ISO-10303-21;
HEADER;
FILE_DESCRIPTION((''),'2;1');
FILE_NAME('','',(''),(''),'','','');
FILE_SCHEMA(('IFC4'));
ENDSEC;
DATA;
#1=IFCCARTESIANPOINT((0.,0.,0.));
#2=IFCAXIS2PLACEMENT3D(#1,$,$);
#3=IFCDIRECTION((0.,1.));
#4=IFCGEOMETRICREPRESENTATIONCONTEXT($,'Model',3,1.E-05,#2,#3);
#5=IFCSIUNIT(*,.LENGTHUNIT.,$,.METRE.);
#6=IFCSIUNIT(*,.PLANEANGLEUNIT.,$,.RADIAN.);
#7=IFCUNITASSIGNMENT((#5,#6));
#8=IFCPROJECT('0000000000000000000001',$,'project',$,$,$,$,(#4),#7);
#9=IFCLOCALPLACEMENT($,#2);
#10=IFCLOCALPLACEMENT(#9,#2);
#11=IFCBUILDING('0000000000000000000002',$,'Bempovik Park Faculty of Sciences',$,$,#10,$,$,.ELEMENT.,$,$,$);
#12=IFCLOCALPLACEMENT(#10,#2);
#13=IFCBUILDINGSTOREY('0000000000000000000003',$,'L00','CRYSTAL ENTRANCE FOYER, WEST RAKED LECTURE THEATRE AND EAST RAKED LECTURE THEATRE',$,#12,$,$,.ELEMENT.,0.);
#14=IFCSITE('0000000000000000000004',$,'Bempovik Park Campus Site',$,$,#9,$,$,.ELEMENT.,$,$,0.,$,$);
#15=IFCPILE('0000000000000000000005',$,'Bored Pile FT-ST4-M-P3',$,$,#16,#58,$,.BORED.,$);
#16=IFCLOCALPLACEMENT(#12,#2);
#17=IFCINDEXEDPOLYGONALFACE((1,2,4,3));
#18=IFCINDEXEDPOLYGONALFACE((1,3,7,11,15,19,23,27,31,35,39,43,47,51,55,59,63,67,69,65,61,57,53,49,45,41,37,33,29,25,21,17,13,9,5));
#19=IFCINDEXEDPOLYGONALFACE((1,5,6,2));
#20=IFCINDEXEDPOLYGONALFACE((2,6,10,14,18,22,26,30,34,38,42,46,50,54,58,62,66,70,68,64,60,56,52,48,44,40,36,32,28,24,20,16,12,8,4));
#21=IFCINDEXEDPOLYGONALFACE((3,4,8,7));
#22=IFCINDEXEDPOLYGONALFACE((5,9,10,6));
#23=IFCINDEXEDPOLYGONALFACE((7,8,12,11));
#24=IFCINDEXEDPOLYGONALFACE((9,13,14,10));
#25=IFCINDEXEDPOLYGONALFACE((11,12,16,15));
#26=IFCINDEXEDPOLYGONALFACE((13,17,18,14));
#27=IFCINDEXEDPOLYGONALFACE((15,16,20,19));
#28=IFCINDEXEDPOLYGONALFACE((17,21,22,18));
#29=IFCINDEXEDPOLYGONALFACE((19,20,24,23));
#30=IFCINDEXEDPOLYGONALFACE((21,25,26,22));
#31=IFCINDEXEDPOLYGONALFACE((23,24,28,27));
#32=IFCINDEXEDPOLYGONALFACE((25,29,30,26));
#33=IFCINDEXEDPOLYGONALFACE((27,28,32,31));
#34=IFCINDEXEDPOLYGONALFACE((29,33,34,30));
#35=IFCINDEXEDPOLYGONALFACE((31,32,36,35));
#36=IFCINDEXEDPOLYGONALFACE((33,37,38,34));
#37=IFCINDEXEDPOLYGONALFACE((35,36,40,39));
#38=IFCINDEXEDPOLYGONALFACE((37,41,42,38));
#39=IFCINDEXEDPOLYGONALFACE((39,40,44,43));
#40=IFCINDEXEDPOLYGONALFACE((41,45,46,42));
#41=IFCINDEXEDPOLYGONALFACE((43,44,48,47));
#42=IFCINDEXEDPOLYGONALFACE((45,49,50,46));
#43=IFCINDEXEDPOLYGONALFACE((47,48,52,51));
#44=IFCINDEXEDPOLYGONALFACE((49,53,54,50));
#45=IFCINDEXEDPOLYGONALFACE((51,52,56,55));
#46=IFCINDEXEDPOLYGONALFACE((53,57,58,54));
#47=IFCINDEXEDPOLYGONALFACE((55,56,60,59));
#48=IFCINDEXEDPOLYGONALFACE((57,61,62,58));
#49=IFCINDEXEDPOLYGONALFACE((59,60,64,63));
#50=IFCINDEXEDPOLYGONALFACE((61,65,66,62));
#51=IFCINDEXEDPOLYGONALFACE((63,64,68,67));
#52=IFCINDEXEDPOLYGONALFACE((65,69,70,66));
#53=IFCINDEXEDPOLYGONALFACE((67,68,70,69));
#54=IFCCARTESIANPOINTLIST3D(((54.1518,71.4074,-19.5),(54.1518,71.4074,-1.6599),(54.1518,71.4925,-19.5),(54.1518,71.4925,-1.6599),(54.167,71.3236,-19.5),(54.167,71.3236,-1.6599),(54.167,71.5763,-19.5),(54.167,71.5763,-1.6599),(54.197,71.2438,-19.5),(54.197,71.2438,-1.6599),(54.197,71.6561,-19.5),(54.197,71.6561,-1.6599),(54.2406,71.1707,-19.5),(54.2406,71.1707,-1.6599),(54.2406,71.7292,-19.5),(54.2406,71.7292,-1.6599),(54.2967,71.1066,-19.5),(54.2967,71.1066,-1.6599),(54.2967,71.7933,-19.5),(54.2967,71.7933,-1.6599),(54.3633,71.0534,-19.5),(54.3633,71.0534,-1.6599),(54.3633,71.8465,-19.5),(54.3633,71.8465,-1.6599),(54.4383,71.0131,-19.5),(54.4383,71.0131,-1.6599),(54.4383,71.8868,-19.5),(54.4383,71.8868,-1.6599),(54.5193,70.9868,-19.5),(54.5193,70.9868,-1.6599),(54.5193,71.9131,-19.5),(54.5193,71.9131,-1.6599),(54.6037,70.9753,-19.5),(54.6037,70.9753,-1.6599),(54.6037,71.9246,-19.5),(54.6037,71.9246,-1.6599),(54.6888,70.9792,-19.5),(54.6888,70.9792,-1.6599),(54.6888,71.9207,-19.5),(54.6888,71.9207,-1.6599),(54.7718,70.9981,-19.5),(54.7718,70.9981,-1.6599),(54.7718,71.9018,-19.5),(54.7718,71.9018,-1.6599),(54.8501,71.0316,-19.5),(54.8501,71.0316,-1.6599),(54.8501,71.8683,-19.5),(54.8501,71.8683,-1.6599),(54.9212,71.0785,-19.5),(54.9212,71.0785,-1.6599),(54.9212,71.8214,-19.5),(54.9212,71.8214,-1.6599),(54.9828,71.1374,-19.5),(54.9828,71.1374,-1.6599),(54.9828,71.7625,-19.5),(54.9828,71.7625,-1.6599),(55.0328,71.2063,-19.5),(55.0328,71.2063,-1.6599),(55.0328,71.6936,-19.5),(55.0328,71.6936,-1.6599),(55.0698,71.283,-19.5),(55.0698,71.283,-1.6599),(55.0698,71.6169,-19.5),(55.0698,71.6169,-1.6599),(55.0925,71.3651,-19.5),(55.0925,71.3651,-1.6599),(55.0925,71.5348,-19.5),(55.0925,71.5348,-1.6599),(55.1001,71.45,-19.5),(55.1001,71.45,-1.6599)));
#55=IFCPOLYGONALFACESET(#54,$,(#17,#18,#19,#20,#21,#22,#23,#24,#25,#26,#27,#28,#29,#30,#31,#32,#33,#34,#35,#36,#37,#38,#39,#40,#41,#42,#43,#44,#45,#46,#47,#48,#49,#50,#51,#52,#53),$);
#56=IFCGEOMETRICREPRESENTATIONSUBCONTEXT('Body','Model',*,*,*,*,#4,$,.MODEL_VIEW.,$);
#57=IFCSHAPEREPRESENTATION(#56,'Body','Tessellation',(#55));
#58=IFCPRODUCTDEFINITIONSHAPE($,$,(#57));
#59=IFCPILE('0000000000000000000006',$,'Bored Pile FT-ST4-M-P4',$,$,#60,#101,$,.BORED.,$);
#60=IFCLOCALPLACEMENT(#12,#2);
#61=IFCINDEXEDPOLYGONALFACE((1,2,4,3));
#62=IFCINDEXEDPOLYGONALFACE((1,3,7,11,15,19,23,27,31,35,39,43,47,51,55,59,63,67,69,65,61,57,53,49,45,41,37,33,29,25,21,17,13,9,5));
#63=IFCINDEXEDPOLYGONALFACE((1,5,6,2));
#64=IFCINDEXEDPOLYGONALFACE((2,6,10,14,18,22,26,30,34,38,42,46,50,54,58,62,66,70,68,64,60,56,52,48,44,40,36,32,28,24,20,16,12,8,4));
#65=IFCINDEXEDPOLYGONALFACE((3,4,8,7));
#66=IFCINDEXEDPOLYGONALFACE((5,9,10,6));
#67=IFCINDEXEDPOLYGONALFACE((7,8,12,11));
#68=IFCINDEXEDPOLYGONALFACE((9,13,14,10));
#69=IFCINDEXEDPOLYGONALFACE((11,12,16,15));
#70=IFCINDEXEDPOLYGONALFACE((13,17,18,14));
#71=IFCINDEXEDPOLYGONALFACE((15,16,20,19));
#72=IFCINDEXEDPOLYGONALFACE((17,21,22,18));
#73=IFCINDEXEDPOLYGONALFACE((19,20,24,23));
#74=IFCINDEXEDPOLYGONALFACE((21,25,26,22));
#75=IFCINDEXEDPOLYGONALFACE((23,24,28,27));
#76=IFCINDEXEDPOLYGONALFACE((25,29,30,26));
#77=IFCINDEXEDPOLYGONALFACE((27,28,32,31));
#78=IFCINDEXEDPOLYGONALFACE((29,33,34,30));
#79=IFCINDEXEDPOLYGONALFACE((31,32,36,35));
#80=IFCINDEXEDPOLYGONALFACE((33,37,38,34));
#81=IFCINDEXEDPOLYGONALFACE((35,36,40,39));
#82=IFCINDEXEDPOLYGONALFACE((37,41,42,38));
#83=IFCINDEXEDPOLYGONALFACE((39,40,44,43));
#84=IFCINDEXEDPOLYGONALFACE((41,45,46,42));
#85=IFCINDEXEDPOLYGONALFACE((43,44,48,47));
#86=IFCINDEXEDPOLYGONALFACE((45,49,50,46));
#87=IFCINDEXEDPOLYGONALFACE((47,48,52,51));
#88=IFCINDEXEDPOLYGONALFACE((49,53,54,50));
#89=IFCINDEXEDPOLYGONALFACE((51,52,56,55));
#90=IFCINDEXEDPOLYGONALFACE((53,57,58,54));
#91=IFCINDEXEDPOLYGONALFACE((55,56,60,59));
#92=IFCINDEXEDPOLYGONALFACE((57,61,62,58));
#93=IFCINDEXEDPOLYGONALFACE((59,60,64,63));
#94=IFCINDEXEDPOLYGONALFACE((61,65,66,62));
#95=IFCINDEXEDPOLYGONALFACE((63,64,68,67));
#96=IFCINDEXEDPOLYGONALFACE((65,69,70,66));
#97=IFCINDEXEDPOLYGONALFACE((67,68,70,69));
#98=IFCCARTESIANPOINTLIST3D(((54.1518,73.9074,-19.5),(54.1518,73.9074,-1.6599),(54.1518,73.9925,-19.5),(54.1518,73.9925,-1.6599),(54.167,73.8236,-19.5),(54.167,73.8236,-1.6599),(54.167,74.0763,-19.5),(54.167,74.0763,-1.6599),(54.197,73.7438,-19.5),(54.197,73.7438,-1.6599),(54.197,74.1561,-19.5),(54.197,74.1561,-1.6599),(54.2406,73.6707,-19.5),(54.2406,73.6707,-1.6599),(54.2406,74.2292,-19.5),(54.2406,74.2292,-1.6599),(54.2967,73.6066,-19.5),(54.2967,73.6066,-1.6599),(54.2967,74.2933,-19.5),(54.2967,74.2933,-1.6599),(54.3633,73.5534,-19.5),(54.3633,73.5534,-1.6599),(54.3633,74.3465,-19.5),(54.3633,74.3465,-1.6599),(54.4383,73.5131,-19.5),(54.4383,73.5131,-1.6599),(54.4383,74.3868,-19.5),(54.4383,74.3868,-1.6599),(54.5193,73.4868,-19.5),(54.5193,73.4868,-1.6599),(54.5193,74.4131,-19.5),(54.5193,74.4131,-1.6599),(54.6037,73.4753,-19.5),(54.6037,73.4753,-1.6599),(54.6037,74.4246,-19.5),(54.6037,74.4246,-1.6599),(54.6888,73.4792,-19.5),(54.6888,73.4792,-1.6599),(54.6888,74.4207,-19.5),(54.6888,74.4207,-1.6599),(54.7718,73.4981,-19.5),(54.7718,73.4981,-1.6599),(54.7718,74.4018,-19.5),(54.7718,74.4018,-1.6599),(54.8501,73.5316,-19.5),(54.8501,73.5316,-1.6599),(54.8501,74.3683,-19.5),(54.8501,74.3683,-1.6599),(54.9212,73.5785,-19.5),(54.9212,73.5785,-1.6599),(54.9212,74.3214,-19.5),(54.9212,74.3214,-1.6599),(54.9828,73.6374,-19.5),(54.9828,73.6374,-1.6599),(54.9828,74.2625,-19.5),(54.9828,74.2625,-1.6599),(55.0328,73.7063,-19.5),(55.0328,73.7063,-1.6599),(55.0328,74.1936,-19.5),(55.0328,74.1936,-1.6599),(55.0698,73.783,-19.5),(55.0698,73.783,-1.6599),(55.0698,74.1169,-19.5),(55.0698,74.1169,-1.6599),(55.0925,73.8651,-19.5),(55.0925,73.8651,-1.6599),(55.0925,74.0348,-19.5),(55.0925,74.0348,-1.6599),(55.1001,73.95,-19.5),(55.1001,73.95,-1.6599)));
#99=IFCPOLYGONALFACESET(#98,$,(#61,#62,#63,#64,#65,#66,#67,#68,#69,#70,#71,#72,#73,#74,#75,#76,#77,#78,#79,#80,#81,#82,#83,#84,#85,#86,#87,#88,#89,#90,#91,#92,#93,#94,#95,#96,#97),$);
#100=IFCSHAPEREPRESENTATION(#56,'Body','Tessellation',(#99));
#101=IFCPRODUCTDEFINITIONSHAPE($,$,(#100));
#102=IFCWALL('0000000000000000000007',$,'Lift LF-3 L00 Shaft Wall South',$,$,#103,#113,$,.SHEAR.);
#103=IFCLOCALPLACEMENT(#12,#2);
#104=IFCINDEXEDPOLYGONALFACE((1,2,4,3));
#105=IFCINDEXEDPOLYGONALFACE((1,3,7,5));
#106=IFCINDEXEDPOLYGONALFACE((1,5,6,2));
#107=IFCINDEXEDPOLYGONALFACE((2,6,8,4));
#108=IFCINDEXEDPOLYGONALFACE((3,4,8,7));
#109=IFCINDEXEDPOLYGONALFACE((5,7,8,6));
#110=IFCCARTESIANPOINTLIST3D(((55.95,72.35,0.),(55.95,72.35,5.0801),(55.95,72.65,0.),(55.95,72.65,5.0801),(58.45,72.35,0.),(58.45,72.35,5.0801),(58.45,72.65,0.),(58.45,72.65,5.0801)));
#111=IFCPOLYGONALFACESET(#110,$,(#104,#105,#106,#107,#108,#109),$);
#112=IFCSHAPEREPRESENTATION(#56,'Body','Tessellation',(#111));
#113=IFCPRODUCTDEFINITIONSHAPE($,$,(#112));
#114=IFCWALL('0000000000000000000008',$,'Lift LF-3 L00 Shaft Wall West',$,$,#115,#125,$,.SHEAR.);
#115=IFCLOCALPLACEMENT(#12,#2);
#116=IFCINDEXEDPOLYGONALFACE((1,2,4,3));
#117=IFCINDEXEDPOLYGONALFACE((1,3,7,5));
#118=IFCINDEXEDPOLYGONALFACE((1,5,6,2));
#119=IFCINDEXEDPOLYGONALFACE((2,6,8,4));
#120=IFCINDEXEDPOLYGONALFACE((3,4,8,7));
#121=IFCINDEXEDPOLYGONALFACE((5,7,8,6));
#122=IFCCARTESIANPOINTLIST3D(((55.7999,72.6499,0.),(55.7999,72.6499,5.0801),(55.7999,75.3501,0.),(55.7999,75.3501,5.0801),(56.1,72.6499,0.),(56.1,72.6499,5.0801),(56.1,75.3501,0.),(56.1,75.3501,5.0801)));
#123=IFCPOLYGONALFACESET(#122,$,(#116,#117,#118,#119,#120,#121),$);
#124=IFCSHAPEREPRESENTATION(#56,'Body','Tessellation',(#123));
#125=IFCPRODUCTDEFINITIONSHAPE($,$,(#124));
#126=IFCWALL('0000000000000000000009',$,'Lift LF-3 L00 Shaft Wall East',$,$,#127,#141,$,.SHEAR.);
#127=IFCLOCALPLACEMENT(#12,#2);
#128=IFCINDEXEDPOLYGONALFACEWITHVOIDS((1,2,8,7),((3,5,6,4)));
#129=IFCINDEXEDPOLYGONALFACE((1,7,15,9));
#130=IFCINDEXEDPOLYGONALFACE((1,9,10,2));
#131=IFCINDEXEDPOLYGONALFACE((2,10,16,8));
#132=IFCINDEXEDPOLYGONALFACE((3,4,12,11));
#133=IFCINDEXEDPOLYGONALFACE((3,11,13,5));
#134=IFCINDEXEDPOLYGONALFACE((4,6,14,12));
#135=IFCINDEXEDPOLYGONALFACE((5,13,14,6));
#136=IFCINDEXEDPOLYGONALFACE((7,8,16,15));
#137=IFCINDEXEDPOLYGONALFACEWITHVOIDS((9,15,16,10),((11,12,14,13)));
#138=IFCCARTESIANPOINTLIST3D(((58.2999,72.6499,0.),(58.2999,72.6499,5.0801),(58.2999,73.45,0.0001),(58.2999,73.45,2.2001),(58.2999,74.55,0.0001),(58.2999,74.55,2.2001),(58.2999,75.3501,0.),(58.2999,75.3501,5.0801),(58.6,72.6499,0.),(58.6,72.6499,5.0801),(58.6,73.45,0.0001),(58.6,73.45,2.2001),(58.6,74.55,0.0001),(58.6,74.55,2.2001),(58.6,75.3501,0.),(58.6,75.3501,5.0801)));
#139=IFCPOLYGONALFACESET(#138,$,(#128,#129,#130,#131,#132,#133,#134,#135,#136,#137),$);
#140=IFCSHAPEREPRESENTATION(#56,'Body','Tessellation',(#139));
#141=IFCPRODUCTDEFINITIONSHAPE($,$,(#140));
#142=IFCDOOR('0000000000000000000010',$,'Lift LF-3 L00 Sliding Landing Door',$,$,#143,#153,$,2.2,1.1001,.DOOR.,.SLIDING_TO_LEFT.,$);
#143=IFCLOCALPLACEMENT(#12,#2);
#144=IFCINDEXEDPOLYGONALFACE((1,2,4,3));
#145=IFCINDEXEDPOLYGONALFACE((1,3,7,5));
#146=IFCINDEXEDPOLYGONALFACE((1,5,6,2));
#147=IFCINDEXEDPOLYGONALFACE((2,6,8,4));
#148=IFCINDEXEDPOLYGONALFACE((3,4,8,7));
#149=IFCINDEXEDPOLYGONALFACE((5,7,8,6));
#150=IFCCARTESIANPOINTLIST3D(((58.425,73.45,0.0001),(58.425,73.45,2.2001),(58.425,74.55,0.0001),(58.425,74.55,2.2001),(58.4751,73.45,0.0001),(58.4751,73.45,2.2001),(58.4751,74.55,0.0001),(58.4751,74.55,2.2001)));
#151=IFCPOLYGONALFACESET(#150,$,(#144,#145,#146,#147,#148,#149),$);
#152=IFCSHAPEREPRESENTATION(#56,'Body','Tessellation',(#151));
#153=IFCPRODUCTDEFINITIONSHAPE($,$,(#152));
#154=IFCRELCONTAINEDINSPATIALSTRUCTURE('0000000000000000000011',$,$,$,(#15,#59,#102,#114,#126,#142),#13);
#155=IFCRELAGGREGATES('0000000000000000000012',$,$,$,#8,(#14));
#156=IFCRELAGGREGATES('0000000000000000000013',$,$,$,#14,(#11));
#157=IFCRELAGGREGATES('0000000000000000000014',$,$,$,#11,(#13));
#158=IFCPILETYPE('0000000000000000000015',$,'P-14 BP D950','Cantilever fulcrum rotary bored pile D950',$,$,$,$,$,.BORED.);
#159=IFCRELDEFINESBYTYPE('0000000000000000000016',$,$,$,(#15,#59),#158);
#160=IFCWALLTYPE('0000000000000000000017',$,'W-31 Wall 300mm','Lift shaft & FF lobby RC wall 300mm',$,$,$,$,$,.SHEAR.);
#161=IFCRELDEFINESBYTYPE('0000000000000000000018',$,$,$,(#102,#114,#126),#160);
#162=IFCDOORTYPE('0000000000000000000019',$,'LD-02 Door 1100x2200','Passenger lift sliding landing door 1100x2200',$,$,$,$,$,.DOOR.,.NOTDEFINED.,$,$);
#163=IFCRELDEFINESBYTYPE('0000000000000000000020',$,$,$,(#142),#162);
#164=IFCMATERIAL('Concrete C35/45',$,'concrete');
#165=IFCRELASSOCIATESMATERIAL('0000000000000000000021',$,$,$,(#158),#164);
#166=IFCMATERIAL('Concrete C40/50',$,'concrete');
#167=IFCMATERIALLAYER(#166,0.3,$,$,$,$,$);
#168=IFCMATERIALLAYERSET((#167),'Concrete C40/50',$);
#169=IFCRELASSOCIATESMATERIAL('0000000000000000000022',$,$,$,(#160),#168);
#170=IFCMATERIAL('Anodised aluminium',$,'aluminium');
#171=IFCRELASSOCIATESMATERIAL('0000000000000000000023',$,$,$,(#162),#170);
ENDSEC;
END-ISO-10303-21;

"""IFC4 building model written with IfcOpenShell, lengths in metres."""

from ifc_helpers import new_model, si_unit, direction, frame, frame_2d, origin, origin_2d, place, context, subcontext, project, spatial, rectangle, circle, extrude, material, layer, layer_set, material_profile, profile_set, type_object, element, fill, save


model = new_model("IFC4")

# Units and contexts
model_context = context("Model", 3, precision=1e-05, world=origin(), true_north=direction((0.0, 1.0)))
body_context = subcontext(model_context, "Body", "Model", "MODEL_VIEW")
ifc_project = project(units=[si_unit("LENGTHUNIT", "METRE"), si_unit("PLANEANGLEUNIT", "RADIAN")], contexts=[model_context])

# Site, building, storey
site_placement = place(None, origin())
site = spatial("IfcSite", under=ifc_project, at=site_placement, Name="Bempovik Park Campus Site", CompositionType="ELEMENT", RefElevation=0.0)
building_placement = place(site_placement, origin())
building = spatial("IfcBuilding", under=site, at=building_placement, Name="Bempovik Park Faculty of Sciences", CompositionType="ELEMENT")
storey_placement = place(building_placement, origin())
storey = spatial("IfcBuildingStorey", under=building, at=storey_placement, Name="L00", Description="CRYSTAL ENTRANCE FOYER, WEST RAKED LECTURE THEATRE AND EAST RAKED LECTURE THEATRE", CompositionType="ELEMENT", Elevation=0.0)

# Shared definitions
ifc_material_1 = material(Name="Concrete C35/45", Category="concrete")

# Piles
ifc_material_profile_1 = material_profile(ifc_material_1, circle(Radius=0.4751, at=origin_2d()), Name="BP D950")
ifc_profile_set_1 = profile_set([ifc_material_profile_1], Name="Concrete C35/45")
pile_type_1 = type_object("IfcPileType", Name="P-14 BP D950", Description="Cantilever fulcrum rotary bored pile D950", PredefinedType="BORED", material=ifc_profile_set_1)
for number, where, z_axis, x_axis, name in (
    (1, (54.625, 71.45, -1.6599), (0.0, 0.0, -1.0), (1.0, 0.0, 0.0), "Bored Pile FT-ST4-M-P3"),
    (2, (54.625, 73.95, -1.6599), (0.0, 0.0, -1.0), (1.0, 0.0, 0.0), "Bored Pile FT-ST4-M-P4"),
):
    element("IfcPile", number, at=place(storey_placement, frame(where, z_axis=z_axis, x_axis=x_axis)), inside=storey, type_object=pile_type_1, Name=name, PredefinedType="BORED", context=body_context, shape_type="SweptSolid", body=[
        extrude(circle(Radius=0.4751, at=origin_2d()), origin(), (0.0, 0.0, 1.0), 17.8401),
    ])

# Walls
ifc_material_2 = material(Name="Concrete C40/50", Category="concrete")
ifc_layer = layer(ifc_material_2, 0.3)
ifc_layer_set = layer_set([ifc_layer], Name="Concrete C40/50")
wall_type = type_object("IfcWallType", Name="W-31 Wall 300mm", Description="Lift shaft & FF lobby RC wall 300mm", PredefinedType="SHEAR", material=ifc_layer_set)
wall_1_placement = place(storey_placement, frame((55.95, 72.5, 0.0), z_axis=(0.0, 0.0, 1.0), x_axis=(1.0, 0.0, 0.0)))
element("IfcWall", 3, at=wall_1_placement, inside=storey, type_object=wall_type, Name="Lift LF-3 L00 Shaft Wall South", PredefinedType="SHEAR", context=body_context, shape_type="SweptSolid", body=[
    extrude(rectangle(XDim=2.5, YDim=0.3, at=frame_2d((1.25, 0.0))), origin(), (0.0, 0.0, 1.0), 5.0801),
])
wall_2_placement = place(storey_placement, frame((55.95, 72.6499, 0.0), z_axis=(0.0, 0.0, 1.0), x_axis=(0.0, 1.0, 0.0)))
element("IfcWall", 4, at=wall_2_placement, inside=storey, type_object=wall_type, Name="Lift LF-3 L00 Shaft Wall West", PredefinedType="SHEAR", context=body_context, shape_type="SweptSolid", body=[
    extrude(rectangle(XDim=2.7002, YDim=0.3, at=frame_2d((1.3501, 0.0))), origin(), (0.0, 0.0, 1.0), 5.0801),
])

# Wall, opening, door
wall_3_placement = place(storey_placement, frame((58.45, 72.6499, 0.0), z_axis=(0.0, 0.0, 1.0), x_axis=(0.0, 1.0, 0.0)))
wall_3 = element("IfcWall", 5, at=wall_3_placement, inside=storey, type_object=wall_type, Name="Lift LF-3 L00 Shaft Wall East", PredefinedType="SHEAR", context=body_context, shape_type="SweptSolid", body=[
    extrude(rectangle(XDim=2.7002, YDim=0.3, at=frame_2d((1.3501, 0.0))), origin(), (0.0, 0.0, 1.0), 5.0801),
])
opening_placement = place(wall_3_placement, frame((0.8, 0.0, 0.0)))
opening = element("IfcOpeningElement", 6, at=opening_placement, cuts=wall_3, PredefinedType="OPENING", context=body_context, shape_type="SweptSolid", body=[
    extrude(rectangle(XDim=1.1001, YDim=2.2, at=frame_2d((0.55, 1.1001))), frame((0.0, 0.1602, 0.0), z_axis=(0.0, -1.0, 0.0), x_axis=(1.0, 0.0, 0.0)), (0.0, 0.0, 1.0), 0.3201),
])
ifc_material_3 = material(Name="Anodised aluminium", Category="aluminium")
door_type = type_object("IfcDoorType", Name="LD-02 Door 1100x2200", Description="Passenger lift sliding landing door 1100x2200", OperationType="NOTDEFINED", PredefinedType="DOOR", material=ifc_material_3)
door_placement = place(opening_placement, origin())
door = element("IfcDoor", 7, at=door_placement, inside=storey, type_object=door_type, Name="Lift LF-3 L00 Sliding Landing Door", OperationType="SLIDING_TO_LEFT", OverallHeight=2.2, OverallWidth=1.1001, PredefinedType="DOOR", context=body_context, shape_type="SweptSolid", body=[
    extrude(rectangle(XDim=1.1001, YDim=2.2, at=frame_2d((0.55, 1.1001))), frame((0.0, 0.0249, 0.0), z_axis=(0.0, -1.0, 0.0), x_axis=(1.0, 0.0, 0.0)), (0.0, 0.0, 1.0), 0.05),
])
fill(opening, door)

save(model, "model.ifc")
